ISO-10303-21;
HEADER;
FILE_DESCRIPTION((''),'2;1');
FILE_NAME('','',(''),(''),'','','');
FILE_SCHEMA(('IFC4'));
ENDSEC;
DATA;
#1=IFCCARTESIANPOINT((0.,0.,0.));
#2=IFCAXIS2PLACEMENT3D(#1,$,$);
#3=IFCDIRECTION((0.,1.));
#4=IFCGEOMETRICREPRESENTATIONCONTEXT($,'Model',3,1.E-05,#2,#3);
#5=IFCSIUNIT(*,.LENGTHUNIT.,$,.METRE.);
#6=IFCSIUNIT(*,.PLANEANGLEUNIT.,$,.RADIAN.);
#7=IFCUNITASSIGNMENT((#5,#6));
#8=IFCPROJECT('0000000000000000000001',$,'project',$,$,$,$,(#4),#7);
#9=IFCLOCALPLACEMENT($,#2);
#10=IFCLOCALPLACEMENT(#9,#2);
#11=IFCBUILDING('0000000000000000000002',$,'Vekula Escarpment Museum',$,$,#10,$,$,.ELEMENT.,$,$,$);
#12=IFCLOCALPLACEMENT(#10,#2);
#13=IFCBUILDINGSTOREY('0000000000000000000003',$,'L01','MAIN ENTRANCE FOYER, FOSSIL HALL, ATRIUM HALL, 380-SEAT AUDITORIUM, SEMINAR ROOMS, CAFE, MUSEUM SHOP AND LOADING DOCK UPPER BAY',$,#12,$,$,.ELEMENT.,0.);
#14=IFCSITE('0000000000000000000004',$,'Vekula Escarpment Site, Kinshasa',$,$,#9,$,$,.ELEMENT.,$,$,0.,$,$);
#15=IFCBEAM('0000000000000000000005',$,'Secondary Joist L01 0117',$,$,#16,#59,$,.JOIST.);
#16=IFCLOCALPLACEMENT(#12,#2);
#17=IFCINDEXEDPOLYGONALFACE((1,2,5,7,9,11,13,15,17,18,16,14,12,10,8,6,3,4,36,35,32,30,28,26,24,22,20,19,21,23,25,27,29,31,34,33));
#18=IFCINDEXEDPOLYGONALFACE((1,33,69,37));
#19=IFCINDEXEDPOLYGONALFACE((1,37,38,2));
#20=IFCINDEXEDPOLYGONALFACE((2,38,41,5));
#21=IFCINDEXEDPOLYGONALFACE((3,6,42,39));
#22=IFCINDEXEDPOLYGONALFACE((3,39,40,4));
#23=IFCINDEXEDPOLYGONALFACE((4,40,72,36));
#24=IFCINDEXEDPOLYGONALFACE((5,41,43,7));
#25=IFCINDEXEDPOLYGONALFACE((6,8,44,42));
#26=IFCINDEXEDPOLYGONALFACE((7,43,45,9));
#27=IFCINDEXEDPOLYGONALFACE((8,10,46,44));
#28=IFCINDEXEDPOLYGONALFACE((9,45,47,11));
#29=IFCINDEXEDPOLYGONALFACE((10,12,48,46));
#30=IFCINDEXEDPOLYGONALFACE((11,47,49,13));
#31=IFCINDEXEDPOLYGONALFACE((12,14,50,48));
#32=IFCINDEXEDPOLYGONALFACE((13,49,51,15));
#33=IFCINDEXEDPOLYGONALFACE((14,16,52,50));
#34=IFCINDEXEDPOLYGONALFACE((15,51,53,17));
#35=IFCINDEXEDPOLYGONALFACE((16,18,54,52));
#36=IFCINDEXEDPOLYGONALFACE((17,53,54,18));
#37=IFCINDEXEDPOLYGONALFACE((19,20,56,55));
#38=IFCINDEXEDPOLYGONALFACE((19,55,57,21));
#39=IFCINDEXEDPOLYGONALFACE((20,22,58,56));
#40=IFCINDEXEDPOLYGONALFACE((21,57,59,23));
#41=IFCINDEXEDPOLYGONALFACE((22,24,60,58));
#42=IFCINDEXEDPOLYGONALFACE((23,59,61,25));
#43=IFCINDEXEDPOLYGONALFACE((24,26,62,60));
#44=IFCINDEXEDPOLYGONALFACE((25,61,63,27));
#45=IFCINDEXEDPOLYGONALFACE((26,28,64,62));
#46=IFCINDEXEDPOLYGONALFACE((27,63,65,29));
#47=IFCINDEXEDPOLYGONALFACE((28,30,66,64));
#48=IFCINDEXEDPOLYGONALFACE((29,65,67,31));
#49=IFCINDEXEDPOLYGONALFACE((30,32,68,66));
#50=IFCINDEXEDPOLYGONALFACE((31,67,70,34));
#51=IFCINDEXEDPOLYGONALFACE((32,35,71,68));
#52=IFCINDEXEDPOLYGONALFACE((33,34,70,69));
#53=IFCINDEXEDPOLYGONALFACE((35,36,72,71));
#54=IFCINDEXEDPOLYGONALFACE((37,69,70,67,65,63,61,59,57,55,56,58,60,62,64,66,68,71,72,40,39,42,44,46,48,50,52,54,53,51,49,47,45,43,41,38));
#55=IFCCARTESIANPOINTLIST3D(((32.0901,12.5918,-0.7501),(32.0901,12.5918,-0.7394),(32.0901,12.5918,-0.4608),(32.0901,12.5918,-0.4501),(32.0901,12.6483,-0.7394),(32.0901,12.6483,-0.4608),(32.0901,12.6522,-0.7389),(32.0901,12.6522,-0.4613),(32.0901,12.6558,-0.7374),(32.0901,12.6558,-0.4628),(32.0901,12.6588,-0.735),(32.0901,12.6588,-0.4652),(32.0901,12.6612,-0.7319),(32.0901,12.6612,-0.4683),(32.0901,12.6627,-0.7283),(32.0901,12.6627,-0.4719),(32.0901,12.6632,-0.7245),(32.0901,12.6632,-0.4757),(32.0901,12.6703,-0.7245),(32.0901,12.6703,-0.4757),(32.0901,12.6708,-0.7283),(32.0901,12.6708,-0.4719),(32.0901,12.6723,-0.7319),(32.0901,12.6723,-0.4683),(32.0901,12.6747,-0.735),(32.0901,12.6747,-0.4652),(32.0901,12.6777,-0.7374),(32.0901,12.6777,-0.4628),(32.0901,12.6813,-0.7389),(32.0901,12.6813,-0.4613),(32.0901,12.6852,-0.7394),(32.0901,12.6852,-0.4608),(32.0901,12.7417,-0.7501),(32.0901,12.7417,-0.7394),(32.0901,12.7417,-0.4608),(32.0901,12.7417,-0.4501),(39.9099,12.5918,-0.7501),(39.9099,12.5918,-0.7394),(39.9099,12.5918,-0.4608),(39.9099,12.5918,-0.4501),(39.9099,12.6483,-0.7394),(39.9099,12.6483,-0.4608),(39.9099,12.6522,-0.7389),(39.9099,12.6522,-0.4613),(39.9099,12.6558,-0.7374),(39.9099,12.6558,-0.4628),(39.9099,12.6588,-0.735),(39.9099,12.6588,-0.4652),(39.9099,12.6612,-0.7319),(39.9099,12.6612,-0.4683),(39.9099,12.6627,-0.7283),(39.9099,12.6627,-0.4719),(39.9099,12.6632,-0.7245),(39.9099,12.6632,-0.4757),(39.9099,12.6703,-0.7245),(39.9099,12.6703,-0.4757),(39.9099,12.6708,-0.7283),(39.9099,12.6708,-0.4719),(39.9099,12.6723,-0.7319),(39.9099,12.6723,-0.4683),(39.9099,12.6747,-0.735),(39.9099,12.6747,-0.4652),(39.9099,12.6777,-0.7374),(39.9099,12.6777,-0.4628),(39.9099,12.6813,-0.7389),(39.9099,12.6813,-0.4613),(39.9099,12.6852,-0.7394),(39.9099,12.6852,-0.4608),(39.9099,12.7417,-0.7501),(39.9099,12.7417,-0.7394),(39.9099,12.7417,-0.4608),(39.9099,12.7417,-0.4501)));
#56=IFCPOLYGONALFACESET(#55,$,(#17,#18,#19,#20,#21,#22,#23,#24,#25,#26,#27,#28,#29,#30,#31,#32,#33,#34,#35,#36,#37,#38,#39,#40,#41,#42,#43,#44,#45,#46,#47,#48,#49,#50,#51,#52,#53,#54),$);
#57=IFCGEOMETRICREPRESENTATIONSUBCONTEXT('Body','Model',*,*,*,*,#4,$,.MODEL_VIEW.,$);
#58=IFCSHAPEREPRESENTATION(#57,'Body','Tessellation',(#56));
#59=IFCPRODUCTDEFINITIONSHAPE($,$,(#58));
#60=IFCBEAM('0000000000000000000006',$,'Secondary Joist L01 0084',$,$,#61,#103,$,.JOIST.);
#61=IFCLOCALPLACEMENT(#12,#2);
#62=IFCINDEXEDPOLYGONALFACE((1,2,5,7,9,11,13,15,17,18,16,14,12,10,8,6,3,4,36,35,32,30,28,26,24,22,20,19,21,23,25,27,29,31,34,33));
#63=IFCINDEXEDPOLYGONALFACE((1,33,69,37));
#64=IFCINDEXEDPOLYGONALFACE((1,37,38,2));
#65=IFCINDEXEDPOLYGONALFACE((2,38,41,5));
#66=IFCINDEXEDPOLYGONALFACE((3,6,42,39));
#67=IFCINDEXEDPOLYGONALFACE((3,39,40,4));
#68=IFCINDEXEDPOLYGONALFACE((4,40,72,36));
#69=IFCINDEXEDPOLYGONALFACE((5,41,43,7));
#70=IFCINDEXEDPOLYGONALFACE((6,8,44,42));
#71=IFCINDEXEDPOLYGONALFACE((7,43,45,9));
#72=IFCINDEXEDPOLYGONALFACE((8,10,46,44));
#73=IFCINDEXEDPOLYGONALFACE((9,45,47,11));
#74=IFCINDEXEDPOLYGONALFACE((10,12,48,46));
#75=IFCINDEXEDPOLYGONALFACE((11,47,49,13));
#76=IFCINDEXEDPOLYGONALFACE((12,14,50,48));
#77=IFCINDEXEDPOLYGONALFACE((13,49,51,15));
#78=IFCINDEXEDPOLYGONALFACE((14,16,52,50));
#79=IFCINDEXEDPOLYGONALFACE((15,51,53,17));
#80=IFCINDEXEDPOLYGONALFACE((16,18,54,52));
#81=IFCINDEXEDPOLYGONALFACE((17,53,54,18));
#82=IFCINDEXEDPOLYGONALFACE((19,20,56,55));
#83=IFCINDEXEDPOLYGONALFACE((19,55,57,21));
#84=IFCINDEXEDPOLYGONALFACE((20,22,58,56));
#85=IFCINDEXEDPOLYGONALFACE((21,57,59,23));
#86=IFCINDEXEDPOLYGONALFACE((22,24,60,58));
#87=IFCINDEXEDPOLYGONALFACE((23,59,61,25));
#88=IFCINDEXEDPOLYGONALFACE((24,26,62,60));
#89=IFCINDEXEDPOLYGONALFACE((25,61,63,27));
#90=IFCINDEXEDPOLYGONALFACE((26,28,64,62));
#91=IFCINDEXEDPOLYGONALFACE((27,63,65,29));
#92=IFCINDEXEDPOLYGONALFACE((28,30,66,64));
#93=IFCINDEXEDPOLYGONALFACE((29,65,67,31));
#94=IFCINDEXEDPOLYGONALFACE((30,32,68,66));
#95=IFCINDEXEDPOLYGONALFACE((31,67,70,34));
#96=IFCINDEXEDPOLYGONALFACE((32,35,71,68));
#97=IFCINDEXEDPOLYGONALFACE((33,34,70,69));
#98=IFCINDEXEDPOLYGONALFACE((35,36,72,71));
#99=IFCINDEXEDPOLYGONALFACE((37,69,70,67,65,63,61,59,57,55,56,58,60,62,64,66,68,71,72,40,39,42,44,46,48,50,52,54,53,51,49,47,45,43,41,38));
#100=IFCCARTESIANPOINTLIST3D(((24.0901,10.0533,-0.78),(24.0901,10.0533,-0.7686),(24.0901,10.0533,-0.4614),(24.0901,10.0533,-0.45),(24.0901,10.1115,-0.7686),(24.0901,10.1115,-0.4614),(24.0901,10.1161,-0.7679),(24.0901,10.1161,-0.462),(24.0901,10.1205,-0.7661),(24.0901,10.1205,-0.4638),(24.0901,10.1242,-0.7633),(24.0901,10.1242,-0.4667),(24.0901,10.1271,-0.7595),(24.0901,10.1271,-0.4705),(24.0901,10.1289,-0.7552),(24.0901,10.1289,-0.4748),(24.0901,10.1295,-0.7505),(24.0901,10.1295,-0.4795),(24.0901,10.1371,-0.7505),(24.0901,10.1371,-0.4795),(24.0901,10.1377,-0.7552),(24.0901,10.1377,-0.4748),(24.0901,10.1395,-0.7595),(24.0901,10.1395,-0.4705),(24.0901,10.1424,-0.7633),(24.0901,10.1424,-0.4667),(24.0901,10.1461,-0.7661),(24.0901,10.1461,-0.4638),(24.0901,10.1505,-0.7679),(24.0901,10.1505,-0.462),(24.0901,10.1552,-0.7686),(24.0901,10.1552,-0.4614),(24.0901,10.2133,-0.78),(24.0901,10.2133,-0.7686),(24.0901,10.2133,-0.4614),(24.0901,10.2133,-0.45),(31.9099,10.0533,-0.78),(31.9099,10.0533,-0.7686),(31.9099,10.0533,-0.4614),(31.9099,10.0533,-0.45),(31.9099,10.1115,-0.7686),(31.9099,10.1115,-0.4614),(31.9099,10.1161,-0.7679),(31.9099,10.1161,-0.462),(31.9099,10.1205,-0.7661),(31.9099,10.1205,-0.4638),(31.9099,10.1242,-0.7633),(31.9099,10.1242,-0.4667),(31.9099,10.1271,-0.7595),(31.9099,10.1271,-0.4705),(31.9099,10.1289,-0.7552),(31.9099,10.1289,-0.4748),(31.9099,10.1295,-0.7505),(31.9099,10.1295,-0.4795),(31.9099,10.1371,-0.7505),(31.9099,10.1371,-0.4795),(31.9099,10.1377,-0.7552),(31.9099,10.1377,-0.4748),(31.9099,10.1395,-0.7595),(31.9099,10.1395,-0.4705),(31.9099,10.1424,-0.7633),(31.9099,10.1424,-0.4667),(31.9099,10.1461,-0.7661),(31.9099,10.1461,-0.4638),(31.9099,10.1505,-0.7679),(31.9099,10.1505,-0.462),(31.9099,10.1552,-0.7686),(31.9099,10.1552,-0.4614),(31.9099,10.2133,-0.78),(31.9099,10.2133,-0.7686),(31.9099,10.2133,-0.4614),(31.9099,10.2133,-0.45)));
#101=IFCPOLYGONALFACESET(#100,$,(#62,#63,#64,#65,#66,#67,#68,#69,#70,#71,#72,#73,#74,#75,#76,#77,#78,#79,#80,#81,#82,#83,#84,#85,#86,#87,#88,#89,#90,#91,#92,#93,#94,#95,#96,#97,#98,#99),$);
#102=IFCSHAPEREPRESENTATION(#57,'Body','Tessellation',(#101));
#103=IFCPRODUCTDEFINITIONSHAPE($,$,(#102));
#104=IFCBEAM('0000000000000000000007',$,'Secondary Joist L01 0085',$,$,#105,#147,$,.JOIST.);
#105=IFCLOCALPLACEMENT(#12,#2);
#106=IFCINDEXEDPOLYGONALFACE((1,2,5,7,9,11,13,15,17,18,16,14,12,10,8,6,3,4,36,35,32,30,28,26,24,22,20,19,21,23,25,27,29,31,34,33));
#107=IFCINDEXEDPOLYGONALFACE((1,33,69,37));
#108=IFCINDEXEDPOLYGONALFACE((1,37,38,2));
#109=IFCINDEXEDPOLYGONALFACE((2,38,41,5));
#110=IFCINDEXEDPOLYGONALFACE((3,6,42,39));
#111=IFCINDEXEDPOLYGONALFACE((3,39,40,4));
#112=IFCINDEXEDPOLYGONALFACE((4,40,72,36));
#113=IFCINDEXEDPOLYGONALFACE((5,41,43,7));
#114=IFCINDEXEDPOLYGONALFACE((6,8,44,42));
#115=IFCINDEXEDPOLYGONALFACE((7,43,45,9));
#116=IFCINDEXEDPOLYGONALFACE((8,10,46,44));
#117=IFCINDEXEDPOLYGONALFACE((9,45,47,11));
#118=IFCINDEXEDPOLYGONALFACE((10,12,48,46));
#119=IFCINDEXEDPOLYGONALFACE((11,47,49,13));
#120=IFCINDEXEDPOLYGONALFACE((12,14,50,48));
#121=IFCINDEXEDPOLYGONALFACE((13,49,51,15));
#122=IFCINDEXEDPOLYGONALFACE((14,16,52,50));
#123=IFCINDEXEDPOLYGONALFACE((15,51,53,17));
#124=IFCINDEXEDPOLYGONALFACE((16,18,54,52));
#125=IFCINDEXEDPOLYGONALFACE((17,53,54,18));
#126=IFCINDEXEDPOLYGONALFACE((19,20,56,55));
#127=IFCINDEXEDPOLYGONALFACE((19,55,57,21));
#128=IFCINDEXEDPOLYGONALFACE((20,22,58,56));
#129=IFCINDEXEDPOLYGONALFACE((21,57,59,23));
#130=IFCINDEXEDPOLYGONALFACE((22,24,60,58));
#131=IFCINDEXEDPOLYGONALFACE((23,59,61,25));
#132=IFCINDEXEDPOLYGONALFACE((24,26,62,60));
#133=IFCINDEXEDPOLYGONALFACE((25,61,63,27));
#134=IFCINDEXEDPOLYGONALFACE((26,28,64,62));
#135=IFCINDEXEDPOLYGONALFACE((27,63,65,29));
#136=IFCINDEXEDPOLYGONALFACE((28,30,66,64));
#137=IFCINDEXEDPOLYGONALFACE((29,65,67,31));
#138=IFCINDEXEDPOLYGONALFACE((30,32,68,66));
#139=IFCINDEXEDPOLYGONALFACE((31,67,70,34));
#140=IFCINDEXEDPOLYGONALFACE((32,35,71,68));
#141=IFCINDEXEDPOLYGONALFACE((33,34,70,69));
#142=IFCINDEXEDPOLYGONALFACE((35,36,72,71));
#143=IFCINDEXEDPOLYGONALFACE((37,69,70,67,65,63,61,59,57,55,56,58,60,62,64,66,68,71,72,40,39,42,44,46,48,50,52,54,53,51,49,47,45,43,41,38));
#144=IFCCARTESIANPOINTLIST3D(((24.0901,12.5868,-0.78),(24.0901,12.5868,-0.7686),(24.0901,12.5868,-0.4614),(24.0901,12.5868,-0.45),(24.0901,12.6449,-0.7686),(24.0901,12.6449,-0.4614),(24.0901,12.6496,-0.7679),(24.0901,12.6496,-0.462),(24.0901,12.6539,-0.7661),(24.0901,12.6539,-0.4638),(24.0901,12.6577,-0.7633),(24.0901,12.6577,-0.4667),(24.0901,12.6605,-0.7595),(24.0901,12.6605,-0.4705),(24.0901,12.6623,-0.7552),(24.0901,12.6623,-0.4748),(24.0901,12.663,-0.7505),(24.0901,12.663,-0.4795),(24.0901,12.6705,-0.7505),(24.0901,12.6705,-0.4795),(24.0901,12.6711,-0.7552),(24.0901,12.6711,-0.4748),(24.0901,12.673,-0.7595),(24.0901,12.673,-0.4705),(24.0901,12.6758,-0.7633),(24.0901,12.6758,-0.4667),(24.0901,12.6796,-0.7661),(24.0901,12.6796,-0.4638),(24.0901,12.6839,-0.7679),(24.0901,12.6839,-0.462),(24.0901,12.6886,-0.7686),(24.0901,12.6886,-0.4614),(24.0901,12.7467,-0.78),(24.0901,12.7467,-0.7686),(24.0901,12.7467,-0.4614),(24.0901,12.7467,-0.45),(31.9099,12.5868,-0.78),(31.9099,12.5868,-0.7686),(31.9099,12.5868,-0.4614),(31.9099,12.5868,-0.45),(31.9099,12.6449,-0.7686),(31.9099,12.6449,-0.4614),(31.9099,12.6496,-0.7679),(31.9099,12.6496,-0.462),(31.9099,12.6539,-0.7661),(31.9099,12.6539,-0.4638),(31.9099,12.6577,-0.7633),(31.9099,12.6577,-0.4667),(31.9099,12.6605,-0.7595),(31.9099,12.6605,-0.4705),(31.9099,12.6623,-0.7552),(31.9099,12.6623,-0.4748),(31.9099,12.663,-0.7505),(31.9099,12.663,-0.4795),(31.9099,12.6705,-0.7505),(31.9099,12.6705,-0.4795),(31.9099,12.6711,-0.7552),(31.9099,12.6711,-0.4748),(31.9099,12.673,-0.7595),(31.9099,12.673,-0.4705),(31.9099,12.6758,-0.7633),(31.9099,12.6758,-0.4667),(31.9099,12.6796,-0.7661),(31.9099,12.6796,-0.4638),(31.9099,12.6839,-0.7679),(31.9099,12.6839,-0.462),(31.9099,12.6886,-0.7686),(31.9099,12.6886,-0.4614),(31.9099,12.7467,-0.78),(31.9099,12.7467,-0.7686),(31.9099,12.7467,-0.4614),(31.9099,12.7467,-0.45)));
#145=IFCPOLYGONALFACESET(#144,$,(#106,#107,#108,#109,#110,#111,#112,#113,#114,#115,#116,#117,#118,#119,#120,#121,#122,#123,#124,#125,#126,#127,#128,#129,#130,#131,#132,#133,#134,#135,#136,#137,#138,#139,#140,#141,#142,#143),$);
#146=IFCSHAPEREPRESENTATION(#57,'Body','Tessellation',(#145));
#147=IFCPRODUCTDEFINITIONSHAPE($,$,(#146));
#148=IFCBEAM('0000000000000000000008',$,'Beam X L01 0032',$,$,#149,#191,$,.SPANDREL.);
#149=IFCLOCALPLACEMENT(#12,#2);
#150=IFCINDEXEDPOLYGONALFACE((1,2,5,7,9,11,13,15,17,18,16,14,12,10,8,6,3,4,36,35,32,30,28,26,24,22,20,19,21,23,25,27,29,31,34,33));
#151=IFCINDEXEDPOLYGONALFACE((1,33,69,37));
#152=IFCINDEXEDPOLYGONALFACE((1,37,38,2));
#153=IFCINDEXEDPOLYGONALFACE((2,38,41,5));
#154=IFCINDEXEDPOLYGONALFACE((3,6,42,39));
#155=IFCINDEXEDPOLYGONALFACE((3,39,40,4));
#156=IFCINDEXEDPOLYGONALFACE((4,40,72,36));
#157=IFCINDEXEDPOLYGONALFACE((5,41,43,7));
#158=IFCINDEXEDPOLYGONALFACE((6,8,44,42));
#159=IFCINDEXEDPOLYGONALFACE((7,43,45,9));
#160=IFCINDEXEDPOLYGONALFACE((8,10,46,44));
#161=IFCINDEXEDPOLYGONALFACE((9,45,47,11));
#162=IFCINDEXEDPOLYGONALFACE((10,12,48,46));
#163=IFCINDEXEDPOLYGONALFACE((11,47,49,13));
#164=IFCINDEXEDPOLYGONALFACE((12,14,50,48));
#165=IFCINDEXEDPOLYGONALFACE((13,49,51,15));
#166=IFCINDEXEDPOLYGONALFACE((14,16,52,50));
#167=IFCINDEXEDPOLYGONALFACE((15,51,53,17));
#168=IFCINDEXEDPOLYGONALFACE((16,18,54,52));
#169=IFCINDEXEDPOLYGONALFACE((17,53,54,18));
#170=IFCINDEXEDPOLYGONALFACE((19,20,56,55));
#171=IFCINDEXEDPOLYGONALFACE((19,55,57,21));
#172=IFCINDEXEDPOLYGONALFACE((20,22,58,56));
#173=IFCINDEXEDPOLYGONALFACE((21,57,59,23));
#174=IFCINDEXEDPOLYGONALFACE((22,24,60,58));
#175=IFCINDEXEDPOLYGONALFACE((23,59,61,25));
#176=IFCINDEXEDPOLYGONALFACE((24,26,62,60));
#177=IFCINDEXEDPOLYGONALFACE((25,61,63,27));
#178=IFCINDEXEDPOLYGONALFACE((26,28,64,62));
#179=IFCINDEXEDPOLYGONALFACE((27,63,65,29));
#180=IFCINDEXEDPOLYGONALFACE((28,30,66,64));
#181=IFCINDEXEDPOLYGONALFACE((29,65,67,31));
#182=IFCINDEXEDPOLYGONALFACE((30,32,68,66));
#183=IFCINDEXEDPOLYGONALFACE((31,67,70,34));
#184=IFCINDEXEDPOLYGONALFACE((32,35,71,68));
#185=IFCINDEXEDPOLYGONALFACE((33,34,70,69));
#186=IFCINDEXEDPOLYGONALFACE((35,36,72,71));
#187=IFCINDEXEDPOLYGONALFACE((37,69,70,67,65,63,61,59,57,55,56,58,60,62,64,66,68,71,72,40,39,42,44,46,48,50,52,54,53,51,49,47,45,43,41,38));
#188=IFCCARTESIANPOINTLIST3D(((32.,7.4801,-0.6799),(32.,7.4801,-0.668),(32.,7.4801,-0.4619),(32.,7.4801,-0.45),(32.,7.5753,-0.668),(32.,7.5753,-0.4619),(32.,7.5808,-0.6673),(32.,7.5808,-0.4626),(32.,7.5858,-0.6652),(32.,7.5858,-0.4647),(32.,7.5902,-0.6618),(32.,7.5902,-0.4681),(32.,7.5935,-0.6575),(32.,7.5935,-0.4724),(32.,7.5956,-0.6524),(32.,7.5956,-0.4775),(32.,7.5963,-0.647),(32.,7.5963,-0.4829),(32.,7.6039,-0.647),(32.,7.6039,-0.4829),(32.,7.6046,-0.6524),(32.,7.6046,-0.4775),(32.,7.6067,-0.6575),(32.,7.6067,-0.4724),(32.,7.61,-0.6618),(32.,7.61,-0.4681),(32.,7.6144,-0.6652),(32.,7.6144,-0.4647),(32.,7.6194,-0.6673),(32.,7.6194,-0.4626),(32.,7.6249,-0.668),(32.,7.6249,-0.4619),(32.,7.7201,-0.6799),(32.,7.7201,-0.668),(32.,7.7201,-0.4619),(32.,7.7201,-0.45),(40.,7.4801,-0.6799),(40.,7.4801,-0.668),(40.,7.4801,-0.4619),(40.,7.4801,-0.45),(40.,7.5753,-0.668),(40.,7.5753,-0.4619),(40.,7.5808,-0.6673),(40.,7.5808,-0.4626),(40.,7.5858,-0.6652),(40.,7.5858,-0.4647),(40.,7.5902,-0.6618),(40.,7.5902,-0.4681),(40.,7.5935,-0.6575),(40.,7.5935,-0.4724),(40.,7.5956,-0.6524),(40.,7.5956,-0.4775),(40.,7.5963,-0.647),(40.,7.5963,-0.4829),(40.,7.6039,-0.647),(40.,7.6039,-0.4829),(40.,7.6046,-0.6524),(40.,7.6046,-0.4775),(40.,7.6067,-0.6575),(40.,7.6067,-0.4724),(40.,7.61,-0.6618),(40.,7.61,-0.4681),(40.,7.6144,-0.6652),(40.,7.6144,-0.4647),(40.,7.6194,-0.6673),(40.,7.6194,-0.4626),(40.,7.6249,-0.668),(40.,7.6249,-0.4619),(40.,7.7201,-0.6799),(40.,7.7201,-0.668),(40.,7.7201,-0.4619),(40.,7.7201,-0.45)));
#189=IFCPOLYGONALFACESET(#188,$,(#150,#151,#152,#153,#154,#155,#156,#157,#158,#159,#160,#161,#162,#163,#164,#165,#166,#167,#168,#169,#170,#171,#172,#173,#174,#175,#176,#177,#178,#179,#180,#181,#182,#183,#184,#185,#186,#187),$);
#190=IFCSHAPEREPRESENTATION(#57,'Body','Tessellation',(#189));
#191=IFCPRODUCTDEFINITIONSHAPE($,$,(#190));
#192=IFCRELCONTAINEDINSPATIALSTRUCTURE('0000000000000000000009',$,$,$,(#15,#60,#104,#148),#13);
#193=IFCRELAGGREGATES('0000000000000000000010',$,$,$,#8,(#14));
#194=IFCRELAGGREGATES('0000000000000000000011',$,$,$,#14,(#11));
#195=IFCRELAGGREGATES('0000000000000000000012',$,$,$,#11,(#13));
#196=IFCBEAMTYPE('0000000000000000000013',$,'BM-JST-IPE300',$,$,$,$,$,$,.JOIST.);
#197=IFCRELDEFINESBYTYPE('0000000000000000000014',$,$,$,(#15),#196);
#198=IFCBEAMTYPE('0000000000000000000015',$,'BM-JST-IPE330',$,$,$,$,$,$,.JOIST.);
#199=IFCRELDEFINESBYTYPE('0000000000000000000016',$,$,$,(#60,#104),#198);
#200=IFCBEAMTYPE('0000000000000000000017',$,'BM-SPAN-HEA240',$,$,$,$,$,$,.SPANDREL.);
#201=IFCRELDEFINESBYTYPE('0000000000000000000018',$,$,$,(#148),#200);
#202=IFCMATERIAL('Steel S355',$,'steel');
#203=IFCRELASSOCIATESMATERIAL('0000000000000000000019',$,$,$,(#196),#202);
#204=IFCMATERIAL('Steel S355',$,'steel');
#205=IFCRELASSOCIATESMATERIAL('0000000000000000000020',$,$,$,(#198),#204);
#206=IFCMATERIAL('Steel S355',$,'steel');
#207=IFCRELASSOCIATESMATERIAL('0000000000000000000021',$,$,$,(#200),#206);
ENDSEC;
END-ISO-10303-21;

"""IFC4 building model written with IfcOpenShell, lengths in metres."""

from ifc_helpers import new_model, si_unit, direction, frame, origin, origin_2d, place, context, subcontext, project, spatial, i_section, extrude, material, material_profile, profile_set, type_object, element, save


model = new_model("IFC4")

# Units and contexts
model_context = context("Model", 3, precision=1e-05, world=origin(), true_north=direction((0.0, 1.0)))
body_context = subcontext(model_context, "Body", "Model", "MODEL_VIEW")
ifc_project = project(units=[si_unit("LENGTHUNIT", "METRE"), si_unit("PLANEANGLEUNIT", "RADIAN")], contexts=[model_context])

# Site, building, storey
site_placement = place(None, origin())
site = spatial("IfcSite", under=ifc_project, at=site_placement, Name="Vekula Escarpment Site, Kinshasa", CompositionType="ELEMENT", RefElevation=0.0)
building_placement = place(site_placement, origin())
building = spatial("IfcBuilding", under=site, at=building_placement, Name="Vekula Escarpment Museum", CompositionType="ELEMENT")
storey_placement = place(building_placement, origin())
storey = spatial("IfcBuildingStorey", under=building, at=storey_placement, Name="L01", Description="MAIN ENTRANCE FOYER, FOSSIL HALL, ATRIUM HALL, 380-SEAT AUDITORIUM, SEMINAR ROOMS, CAFE, MUSEUM SHOP AND LOADING DOCK UPPER BAY", CompositionType="ELEMENT", Elevation=0.0)

# Beams
ifc_material_1 = material(Name="Steel S355", Category="steel")
ifc_material_profile_1 = material_profile(ifc_material_1, i_section(OverallWidth=0.1499, OverallDepth=0.3, WebThickness=0.0071, FlangeThickness=0.0107, FilletRadius=0.0149, at=origin_2d()), Name="IPE 300")
ifc_profile_set_1 = profile_set([ifc_material_profile_1], Name="Steel S355")
beam_type_1 = type_object("IfcBeamType", Name="BM-JST-IPE300", PredefinedType="JOIST", material=ifc_profile_set_1)
for number, where, z_axis, x_axis, name in (
    (1, (32.0901, 12.6667, -0.6001), (1.0, 0.0, 0.0), (0.0, 1.0, 0.0), "Secondary Joist L01 0117"),
):
    element("IfcBeam", number, at=place(storey_placement, frame(where, z_axis=z_axis, x_axis=x_axis)), inside=storey, type_object=beam_type_1, Name=name, PredefinedType="JOIST", context=body_context, shape_type="SweptSolid", body=[
        extrude(i_section(OverallWidth=0.1499, OverallDepth=0.3, WebThickness=0.0071, FlangeThickness=0.0107, FilletRadius=0.0149, at=origin_2d()), origin(), (0.0, 0.0, 1.0), 7.8198),
    ])
ifc_material_2 = material(Name="Steel S355", Category="steel")
ifc_material_profile_2 = material_profile(ifc_material_2, i_section(OverallWidth=0.1599, OverallDepth=0.3301, WebThickness=0.0076, FlangeThickness=0.0115, FilletRadius=0.0181, at=origin_2d()), Name="IPE 330")
ifc_profile_set_2 = profile_set([ifc_material_profile_2], Name="Steel S355")
beam_type_2 = type_object("IfcBeamType", Name="BM-JST-IPE330", PredefinedType="JOIST", material=ifc_profile_set_2)
for number, where, z_axis, x_axis, name in (
    (2, (24.0901, 10.1333, -0.615), (1.0, 0.0, 0.0), (0.0, 1.0, 0.0), "Secondary Joist L01 0084"),
    (3, (24.0901, 12.6667, -0.615), (1.0, 0.0, 0.0), (0.0, 1.0, 0.0), "Secondary Joist L01 0085"),
):
    element("IfcBeam", number, at=place(storey_placement, frame(where, z_axis=z_axis, x_axis=x_axis)), inside=storey, type_object=beam_type_2, Name=name, PredefinedType="JOIST", context=body_context, shape_type="SweptSolid", body=[
        extrude(i_section(OverallWidth=0.1599, OverallDepth=0.3301, WebThickness=0.0076, FlangeThickness=0.0115, FilletRadius=0.0181, at=origin_2d()), origin(), (0.0, 0.0, 1.0), 7.8198),
    ])
ifc_material_3 = material(Name="Steel S355", Category="steel")
ifc_material_profile_3 = material_profile(ifc_material_3, i_section(OverallWidth=0.24, OverallDepth=0.23, WebThickness=0.0076, FlangeThickness=0.012, FilletRadius=0.021, at=origin_2d()), Name="HEA 240")
ifc_profile_set_3 = profile_set([ifc_material_profile_3], Name="Steel S355")
beam_type_3 = type_object("IfcBeamType", Name="BM-SPAN-HEA240", PredefinedType="SPANDREL", material=ifc_profile_set_3)
for number, where, z_axis, x_axis, name in (
    (4, (32.0, 7.6001, -0.5649), (1.0, 0.0, 0.0), (0.0, 1.0, 0.0), "Beam X L01 0032"),
):
    element("IfcBeam", number, at=place(storey_placement, frame(where, z_axis=z_axis, x_axis=x_axis)), inside=storey, type_object=beam_type_3, Name=name, PredefinedType="SPANDREL", context=body_context, shape_type="SweptSolid", body=[
        extrude(i_section(OverallWidth=0.24, OverallDepth=0.23, WebThickness=0.0076, FlangeThickness=0.012, FilletRadius=0.021, at=origin_2d()), origin(), (0.0, 0.0, 1.0), 8.0),
    ])

save(model, "model.ifc")
